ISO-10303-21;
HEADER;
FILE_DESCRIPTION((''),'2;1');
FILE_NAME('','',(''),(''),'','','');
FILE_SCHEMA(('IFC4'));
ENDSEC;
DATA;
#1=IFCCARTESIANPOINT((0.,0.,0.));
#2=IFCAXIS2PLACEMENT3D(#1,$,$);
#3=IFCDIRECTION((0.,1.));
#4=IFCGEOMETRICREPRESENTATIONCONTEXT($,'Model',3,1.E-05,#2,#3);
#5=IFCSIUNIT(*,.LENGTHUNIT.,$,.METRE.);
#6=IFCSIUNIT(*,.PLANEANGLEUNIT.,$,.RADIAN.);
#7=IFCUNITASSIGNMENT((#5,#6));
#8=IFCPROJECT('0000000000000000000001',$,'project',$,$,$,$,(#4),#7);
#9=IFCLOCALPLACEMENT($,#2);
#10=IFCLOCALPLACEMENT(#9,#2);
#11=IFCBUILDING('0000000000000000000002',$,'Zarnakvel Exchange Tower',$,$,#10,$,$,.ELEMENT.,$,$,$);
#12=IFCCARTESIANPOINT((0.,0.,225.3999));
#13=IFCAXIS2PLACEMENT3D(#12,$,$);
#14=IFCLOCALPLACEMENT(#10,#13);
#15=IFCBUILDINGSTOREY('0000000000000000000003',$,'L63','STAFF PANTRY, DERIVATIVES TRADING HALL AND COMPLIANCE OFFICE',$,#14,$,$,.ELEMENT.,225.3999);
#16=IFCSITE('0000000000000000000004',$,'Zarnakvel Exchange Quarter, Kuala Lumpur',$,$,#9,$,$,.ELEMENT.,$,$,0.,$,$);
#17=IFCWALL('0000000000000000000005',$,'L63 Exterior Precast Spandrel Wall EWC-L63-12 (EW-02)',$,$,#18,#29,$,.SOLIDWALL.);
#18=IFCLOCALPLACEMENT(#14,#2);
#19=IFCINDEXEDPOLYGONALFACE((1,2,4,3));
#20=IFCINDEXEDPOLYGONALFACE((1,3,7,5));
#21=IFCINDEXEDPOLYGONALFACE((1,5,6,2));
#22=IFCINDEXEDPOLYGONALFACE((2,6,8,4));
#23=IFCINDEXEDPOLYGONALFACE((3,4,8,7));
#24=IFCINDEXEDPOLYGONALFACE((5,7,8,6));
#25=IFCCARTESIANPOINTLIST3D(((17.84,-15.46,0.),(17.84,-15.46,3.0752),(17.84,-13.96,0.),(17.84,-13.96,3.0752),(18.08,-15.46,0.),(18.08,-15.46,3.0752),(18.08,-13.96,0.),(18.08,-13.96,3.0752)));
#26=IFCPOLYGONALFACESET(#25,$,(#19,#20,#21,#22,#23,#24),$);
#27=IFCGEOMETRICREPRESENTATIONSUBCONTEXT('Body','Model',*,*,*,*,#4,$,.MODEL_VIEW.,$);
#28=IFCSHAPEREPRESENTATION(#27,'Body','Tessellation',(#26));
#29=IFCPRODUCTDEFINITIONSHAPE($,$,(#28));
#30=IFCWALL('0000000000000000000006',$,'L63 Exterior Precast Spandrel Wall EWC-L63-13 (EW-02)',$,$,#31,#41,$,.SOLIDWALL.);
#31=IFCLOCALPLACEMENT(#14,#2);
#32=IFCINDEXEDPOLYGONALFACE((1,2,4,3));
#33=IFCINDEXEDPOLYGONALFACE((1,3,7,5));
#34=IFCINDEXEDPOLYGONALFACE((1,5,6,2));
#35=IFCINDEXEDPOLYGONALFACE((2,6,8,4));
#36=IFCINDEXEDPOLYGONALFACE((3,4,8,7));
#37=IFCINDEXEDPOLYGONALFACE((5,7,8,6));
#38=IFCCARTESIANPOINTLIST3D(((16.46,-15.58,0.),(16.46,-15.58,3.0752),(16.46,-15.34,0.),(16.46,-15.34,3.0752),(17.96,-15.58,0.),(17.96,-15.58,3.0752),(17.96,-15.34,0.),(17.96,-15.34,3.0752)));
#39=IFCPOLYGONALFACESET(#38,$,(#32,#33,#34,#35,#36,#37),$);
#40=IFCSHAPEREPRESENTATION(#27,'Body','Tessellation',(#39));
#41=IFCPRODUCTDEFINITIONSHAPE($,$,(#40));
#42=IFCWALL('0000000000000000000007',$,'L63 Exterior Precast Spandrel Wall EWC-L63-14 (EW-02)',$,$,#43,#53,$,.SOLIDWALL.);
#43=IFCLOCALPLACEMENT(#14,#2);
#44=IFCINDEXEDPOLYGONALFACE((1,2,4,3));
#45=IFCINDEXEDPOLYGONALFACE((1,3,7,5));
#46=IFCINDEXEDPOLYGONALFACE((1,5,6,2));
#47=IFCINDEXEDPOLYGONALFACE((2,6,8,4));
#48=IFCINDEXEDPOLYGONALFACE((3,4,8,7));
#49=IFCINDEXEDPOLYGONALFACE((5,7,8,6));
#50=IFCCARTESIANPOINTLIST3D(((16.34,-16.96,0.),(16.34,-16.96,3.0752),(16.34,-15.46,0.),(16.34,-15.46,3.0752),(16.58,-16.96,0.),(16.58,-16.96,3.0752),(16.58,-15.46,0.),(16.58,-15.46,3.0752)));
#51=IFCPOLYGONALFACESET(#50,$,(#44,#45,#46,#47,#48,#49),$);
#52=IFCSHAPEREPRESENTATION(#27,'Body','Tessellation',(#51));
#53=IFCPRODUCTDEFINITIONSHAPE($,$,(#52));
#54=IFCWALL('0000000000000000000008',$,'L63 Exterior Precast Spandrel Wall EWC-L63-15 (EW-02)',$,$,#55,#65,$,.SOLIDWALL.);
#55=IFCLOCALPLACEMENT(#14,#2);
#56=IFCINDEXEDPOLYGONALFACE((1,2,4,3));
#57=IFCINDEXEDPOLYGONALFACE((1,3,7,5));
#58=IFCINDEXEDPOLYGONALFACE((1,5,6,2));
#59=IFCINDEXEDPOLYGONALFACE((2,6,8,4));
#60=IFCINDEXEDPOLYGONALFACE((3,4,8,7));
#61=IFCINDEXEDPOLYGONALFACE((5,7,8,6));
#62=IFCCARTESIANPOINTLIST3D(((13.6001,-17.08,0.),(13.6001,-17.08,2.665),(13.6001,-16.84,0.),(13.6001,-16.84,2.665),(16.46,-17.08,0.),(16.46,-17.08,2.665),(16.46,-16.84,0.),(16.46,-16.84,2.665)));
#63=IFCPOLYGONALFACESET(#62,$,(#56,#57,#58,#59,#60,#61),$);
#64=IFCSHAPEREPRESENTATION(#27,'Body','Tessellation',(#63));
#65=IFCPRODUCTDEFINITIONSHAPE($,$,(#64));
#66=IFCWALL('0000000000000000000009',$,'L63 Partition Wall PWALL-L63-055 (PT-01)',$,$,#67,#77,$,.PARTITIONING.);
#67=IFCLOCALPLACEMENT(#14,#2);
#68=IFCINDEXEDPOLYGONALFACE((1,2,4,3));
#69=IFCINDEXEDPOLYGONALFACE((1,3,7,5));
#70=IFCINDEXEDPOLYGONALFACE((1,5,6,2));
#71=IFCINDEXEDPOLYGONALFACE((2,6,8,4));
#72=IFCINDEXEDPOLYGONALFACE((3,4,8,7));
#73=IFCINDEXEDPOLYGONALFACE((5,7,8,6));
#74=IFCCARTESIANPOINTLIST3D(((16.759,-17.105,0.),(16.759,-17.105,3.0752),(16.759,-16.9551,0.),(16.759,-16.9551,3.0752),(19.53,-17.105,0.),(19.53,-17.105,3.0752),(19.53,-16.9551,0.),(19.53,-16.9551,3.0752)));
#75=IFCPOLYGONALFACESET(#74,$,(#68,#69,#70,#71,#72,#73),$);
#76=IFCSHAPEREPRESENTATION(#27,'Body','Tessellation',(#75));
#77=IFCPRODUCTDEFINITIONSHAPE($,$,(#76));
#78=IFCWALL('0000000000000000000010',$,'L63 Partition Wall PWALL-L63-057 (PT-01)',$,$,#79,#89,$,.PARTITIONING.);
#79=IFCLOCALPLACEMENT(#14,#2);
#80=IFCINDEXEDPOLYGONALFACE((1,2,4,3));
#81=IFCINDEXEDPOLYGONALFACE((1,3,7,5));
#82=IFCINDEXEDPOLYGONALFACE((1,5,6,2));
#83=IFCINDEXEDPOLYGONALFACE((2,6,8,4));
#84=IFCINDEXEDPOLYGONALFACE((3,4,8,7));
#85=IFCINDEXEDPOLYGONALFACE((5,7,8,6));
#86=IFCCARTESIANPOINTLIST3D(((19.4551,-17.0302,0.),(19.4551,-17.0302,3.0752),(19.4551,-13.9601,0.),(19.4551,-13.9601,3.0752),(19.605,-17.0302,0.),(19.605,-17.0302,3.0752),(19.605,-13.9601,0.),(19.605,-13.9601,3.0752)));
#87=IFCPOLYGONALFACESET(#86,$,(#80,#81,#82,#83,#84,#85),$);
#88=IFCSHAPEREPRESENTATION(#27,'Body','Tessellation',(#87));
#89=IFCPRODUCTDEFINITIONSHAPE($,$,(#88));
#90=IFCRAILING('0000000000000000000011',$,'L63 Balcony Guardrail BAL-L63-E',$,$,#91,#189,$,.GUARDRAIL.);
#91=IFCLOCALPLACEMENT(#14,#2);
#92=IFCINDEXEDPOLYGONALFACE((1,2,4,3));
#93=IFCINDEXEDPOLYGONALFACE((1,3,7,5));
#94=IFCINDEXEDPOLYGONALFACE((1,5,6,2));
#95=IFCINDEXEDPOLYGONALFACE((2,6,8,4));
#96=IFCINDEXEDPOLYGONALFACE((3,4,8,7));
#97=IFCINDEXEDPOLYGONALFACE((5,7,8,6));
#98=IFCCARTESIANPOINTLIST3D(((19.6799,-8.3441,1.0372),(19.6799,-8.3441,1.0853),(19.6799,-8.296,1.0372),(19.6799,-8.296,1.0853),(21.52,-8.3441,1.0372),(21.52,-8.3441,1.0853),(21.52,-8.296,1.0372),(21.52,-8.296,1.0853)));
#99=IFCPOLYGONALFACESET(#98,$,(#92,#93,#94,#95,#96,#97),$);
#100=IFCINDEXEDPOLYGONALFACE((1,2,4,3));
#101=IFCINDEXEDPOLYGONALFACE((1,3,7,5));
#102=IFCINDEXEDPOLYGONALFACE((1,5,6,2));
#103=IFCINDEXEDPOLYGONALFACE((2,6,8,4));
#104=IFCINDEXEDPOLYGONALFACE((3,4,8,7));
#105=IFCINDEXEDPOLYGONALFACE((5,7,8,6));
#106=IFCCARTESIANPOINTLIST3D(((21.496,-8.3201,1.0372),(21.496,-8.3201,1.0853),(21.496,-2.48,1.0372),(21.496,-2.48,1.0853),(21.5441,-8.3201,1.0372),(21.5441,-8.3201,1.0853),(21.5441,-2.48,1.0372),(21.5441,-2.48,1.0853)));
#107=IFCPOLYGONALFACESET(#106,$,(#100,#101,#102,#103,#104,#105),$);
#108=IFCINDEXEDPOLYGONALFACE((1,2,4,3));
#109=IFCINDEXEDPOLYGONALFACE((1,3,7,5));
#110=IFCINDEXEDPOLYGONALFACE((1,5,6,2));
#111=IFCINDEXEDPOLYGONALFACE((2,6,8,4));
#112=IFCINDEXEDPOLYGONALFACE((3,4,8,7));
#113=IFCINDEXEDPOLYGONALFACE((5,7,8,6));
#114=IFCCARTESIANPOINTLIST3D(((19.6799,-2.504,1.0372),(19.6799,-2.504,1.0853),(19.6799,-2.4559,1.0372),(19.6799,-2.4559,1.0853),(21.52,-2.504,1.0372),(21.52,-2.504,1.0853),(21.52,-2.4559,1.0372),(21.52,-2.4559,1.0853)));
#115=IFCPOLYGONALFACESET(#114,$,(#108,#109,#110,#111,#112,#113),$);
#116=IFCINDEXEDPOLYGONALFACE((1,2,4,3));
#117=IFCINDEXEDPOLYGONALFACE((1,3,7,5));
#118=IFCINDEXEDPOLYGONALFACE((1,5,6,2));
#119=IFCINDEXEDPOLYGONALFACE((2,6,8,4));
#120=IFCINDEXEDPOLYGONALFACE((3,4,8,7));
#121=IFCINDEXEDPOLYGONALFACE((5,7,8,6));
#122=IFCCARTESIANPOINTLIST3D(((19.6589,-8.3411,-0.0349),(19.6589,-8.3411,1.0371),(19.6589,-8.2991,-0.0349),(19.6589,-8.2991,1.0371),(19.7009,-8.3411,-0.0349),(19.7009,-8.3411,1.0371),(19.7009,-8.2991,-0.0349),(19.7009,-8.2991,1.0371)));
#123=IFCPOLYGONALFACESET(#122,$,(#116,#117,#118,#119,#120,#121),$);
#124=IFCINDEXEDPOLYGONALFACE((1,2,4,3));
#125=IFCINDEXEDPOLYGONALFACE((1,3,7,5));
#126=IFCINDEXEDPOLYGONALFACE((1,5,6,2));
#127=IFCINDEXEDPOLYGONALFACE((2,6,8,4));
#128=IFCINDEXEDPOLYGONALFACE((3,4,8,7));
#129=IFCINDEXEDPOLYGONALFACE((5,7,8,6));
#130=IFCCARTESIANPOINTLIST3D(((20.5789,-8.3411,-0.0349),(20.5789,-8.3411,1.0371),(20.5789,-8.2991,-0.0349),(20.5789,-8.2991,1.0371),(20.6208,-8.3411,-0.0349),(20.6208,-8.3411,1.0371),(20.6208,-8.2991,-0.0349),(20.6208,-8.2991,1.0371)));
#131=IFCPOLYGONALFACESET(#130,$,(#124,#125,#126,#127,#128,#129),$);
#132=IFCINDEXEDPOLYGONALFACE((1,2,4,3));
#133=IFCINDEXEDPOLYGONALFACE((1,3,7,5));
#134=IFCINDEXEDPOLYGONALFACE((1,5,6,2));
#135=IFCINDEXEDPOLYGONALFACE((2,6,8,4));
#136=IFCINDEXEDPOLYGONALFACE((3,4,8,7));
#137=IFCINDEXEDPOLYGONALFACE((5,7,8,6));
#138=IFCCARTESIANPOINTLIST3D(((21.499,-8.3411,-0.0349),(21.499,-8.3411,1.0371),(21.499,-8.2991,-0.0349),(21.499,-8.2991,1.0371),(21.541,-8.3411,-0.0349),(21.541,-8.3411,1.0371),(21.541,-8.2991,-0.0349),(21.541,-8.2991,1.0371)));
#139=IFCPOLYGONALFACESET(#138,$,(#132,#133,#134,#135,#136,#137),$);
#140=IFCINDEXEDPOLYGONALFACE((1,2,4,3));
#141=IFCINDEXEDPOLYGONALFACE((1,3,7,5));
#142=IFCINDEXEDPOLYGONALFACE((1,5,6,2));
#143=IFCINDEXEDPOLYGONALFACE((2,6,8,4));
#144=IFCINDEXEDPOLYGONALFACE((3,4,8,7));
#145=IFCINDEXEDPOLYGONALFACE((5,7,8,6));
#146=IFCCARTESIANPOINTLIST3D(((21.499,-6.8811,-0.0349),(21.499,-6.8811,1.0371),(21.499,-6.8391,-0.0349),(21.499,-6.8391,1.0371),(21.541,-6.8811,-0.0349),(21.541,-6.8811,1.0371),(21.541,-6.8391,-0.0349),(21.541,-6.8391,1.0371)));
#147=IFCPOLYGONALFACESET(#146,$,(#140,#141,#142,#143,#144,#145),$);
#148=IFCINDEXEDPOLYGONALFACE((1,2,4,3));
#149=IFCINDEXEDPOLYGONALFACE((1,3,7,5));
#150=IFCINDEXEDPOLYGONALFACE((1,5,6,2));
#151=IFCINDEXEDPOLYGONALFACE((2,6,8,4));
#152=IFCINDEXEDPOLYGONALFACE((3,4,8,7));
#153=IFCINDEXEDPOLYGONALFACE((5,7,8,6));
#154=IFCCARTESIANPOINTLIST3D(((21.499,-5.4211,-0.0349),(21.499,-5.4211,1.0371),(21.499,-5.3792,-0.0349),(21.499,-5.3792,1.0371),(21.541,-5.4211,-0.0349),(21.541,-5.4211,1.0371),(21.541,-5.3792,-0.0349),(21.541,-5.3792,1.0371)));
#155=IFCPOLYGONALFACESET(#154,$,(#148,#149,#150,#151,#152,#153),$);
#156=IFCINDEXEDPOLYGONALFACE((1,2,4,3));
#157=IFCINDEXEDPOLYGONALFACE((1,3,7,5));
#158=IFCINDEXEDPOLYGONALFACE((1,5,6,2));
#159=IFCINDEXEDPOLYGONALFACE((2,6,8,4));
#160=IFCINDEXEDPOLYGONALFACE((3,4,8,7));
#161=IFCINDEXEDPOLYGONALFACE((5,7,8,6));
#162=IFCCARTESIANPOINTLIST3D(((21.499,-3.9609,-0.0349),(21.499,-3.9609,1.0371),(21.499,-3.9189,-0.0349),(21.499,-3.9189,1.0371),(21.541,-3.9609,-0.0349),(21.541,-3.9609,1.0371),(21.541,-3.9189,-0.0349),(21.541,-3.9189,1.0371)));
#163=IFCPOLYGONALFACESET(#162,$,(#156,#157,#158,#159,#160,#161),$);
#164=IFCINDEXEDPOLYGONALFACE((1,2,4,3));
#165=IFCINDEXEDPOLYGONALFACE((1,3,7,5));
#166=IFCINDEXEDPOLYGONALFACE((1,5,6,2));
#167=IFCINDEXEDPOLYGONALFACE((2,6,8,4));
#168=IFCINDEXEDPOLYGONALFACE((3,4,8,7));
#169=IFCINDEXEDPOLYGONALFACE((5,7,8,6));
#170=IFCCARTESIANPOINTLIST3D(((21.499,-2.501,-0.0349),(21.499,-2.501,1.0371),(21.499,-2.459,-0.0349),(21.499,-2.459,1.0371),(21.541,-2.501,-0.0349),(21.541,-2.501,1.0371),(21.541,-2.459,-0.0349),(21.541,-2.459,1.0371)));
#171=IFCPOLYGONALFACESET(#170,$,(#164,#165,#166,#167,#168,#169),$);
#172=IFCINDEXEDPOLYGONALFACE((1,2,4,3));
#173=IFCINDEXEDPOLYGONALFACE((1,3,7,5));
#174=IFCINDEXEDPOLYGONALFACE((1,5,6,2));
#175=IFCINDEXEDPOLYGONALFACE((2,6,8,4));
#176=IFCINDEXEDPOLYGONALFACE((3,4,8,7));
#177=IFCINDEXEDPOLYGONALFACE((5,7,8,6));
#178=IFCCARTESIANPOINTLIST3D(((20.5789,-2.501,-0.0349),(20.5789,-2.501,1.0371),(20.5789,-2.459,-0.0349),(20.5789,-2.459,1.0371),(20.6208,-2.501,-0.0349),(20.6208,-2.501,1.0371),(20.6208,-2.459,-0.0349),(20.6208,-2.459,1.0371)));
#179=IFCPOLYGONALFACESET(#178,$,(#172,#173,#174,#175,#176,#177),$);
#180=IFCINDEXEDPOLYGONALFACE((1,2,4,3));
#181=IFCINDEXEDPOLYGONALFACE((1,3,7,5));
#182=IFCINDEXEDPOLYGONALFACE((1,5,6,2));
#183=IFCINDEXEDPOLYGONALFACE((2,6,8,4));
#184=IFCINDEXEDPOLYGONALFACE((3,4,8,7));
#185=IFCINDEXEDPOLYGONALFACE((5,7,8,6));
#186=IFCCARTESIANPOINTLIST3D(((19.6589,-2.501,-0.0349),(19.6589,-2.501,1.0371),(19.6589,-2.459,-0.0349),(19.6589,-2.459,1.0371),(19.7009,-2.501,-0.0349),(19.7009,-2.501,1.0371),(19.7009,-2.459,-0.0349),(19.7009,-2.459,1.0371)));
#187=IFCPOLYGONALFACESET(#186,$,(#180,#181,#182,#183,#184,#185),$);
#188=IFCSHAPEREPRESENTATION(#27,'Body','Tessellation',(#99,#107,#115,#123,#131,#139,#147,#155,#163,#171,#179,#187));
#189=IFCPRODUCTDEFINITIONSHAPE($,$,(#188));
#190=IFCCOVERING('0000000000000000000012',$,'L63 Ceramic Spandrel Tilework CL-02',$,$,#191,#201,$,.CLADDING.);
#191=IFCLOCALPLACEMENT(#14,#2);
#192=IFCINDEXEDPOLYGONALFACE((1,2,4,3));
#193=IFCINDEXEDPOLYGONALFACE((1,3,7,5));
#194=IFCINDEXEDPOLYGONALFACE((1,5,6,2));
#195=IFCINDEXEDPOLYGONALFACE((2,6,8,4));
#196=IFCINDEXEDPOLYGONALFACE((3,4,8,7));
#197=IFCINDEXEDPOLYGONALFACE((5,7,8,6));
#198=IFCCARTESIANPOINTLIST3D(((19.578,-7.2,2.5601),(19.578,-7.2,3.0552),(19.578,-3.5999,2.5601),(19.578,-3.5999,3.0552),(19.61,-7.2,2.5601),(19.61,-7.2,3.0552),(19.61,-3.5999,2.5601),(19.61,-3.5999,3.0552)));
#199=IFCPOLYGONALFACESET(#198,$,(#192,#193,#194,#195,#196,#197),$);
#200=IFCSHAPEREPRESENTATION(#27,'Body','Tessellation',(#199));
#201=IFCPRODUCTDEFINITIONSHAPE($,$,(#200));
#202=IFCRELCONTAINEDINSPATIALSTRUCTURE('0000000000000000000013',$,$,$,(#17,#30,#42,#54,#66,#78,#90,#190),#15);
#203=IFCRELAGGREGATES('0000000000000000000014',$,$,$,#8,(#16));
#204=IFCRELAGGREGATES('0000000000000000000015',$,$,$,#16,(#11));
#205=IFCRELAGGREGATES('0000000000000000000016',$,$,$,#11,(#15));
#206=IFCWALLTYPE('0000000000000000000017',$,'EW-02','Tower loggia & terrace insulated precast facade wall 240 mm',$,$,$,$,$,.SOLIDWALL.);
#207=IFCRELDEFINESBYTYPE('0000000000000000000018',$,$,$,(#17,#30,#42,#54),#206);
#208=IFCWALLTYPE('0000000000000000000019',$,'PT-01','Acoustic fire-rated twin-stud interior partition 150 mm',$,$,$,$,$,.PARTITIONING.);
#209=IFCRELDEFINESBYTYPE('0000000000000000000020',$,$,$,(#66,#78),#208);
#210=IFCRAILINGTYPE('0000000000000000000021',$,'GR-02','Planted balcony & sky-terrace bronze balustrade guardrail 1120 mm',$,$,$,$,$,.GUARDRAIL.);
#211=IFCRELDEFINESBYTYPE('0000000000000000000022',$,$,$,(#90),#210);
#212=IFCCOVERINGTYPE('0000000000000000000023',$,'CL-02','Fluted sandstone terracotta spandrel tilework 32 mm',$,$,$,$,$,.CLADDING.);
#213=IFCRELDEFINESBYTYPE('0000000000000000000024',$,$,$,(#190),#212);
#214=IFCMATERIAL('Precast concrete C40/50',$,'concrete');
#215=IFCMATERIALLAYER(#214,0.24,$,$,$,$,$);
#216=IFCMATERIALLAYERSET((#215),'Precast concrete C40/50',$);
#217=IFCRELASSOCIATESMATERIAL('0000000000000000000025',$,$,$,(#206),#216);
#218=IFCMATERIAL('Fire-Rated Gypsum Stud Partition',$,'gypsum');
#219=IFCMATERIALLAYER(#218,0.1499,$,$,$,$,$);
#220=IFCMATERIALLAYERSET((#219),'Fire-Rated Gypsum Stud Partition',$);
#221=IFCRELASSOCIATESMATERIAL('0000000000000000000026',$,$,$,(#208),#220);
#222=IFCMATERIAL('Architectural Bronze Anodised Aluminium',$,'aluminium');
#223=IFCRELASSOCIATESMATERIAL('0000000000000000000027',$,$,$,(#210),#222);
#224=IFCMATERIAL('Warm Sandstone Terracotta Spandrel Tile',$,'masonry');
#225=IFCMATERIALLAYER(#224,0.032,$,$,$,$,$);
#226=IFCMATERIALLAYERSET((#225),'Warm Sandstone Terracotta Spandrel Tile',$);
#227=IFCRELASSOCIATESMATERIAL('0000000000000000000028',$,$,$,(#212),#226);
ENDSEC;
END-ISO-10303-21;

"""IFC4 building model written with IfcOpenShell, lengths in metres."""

from ifc_helpers import new_model, si_unit, direction, frame, frame_2d, origin, origin_2d, place, context, subcontext, project, spatial, rectangle, extrude, source, transform, mapped, material, layer, layer_set, type_object, element, save


model = new_model("IFC4")

# Units and contexts
model_context = context("Model", 3, precision=1e-05, world=origin(), true_north=direction((0.0, 1.0)))
body_context = subcontext(model_context, "Body", "Model", "MODEL_VIEW")
ifc_project = project(units=[si_unit("LENGTHUNIT", "METRE"), si_unit("PLANEANGLEUNIT", "RADIAN")], contexts=[model_context])

# Site, building, storey
site_placement = place(None, origin())
site = spatial("IfcSite", under=ifc_project, at=site_placement, Name="Zarnakvel Exchange Quarter, Kuala Lumpur", CompositionType="ELEMENT", RefElevation=0.0)
building_placement = place(site_placement, origin())
building = spatial("IfcBuilding", under=site, at=building_placement, Name="Zarnakvel Exchange Tower", CompositionType="ELEMENT")
storey_placement = place(building_placement, frame((0.0, 0.0, 225.3999)))
storey = spatial("IfcBuildingStorey", under=building, at=storey_placement, Name="L63", Description="STAFF PANTRY, DERIVATIVES TRADING HALL AND COMPLIANCE OFFICE", CompositionType="ELEMENT", Elevation=225.3999)

# Shared definitions
ifc_material_1 = material(Name="Precast concrete C40/50", Category="concrete")
ifc_layer_1 = layer(ifc_material_1, 0.24)
ifc_layer_set_1 = layer_set([ifc_layer_1], Name="Precast concrete C40/50")
wall_type_1 = type_object("IfcWallType", Name="EW-02", Description="Tower loggia & terrace insulated precast facade wall 240 mm", PredefinedType="SOLIDWALL", material=ifc_layer_set_1)
ifc_material_2 = material(Name="Architectural Bronze Anodised Aluminium", Category="aluminium")

# Walls
for number, where, z_axis, x_axis, name in (
    (1, (17.96, -15.46, 0.0), (0.0, 0.0, 1.0), (0.0, 1.0, 0.0), "L63 Exterior Precast Spandrel Wall EWC-L63-12 (EW-02)"),
    (2, (16.46, -15.46, 0.0), (0.0, 0.0, 1.0), (1.0, 0.0, 0.0), "L63 Exterior Precast Spandrel Wall EWC-L63-13 (EW-02)"),
    (3, (16.46, -16.96, 0.0), (0.0, 0.0, 1.0), (0.0, 1.0, 0.0), "L63 Exterior Precast Spandrel Wall EWC-L63-14 (EW-02)"),
):
    element("IfcWall", number, at=place(storey_placement, frame(where, z_axis=z_axis, x_axis=x_axis)), inside=storey, type_object=wall_type_1, Name=name, PredefinedType="SOLIDWALL", context=body_context, shape_type="SweptSolid", body=[
        extrude(rectangle(XDim=1.5, YDim=0.24, at=frame_2d((0.75, 0.0))), origin(), (0.0, 0.0, 1.0), 3.0752),
    ])
wall_1_placement = place(storey_placement, frame((13.6001, -16.96, 0.0), z_axis=(0.0, 0.0, 1.0), x_axis=(1.0, 0.0, 0.0)))
element("IfcWall", 4, at=wall_1_placement, inside=storey, type_object=wall_type_1, Name="L63 Exterior Precast Spandrel Wall EWC-L63-15 (EW-02)", PredefinedType="SOLIDWALL", context=body_context, shape_type="SweptSolid", body=[
    extrude(rectangle(XDim=2.8599, YDim=0.24, at=frame_2d((1.4299, 0.0))), origin(), (0.0, 0.0, 1.0), 2.665),
])
ifc_material_3 = material(Name="Fire-Rated Gypsum Stud Partition", Category="gypsum")
ifc_layer_2 = layer(ifc_material_3, 0.1499)
ifc_layer_set_2 = layer_set([ifc_layer_2], Name="Fire-Rated Gypsum Stud Partition")
wall_type_2 = type_object("IfcWallType", Name="PT-01", Description="Acoustic fire-rated twin-stud interior partition 150 mm", PredefinedType="PARTITIONING", material=ifc_layer_set_2)
wall_2_placement = place(storey_placement, frame((19.53, -17.03, 0.0), z_axis=(0.0, 0.0, 1.0), x_axis=(-1.0, 0.0, 0.0)))
element("IfcWall", 5, at=wall_2_placement, inside=storey, type_object=wall_type_2, Name="L63 Partition Wall PWALL-L63-055 (PT-01)", PredefinedType="PARTITIONING", context=body_context, shape_type="SweptSolid", body=[
    extrude(rectangle(XDim=2.771, YDim=0.1499, at=frame_2d((1.3855, 0.0))), origin(), (0.0, 0.0, 1.0), 3.0752),
])
wall_3_placement = place(storey_placement, frame((19.53, -13.96, 0.0), z_axis=(0.0, 0.0, 1.0), x_axis=(0.0, -1.0, 0.0)))
element("IfcWall", 6, at=wall_3_placement, inside=storey, type_object=wall_type_2, Name="L63 Partition Wall PWALL-L63-057 (PT-01)", PredefinedType="PARTITIONING", context=body_context, shape_type="SweptSolid", body=[
    extrude(rectangle(XDim=3.0701, YDim=0.1499, at=frame_2d((1.5352, 0.0))), origin(), (0.0, 0.0, 1.0), 3.0752),
])

# Railing
railing_type = type_object("IfcRailingType", Name="GR-02", Description="Planted balcony & sky-terrace bronze balustrade guardrail 1120 mm", PredefinedType="GUARDRAIL", material=ifc_material_2)
railing_placement = place(storey_placement, frame((19.6799, -8.3201, -0.0349)))
element("IfcRailing", 7, at=railing_placement, inside=storey, type_object=railing_type, Name="L63 Balcony Guardrail BAL-L63-E", PredefinedType="GUARDRAIL", context=body_context, shape_type="SweptSolid", body=[
    extrude(rectangle(XDim=0.0481, YDim=0.0481, at=origin_2d()), frame((0.0, 0.0, 1.0962), z_axis=(1.0, 0.0, 0.0), x_axis=(0.0, 1.0, 0.0)), (0.0, 0.0, 1.0), 1.8401),
    extrude(rectangle(XDim=0.0481, YDim=0.0481, at=origin_2d()), frame((1.8401, 0.0, 1.0962), z_axis=(0.0, 1.0, 0.0), x_axis=(-1.0, 0.0, 0.0)), (0.0, 0.0, 1.0), 5.8401),
    extrude(rectangle(XDim=0.0481, YDim=0.0481, at=origin_2d()), frame((1.8401, 5.8401, 1.0962), z_axis=(-1.0, 0.0, 0.0), x_axis=(0.0, -1.0, 0.0)), (0.0, 0.0, 1.0), 1.8401),
    extrude(rectangle(XDim=0.042, YDim=0.042, at=origin_2d()), origin(), (0.0, 0.0, 1.0), 1.072),
    extrude(rectangle(XDim=0.042, YDim=0.042, at=origin_2d()), frame((0.9199, 0.0, 0.0)), (0.0, 0.0, 1.0), 1.072),
    extrude(rectangle(XDim=0.042, YDim=0.042, at=origin_2d()), frame((1.8401, 0.0, 0.0)), (0.0, 0.0, 1.0), 1.072),
    extrude(rectangle(XDim=0.042, YDim=0.042, at=origin_2d()), frame((1.8401, 1.46, 0.0)), (0.0, 0.0, 1.0), 1.072),
    extrude(rectangle(XDim=0.042, YDim=0.042, at=origin_2d()), frame((1.8401, 2.9199, 0.0)), (0.0, 0.0, 1.0), 1.072),
    extrude(rectangle(XDim=0.042, YDim=0.042, at=origin_2d()), frame((1.8401, 4.3801, 0.0)), (0.0, 0.0, 1.0), 1.072),
    extrude(rectangle(XDim=0.042, YDim=0.042, at=origin_2d()), frame((1.8401, 5.8401, 0.0)), (0.0, 0.0, 1.0), 1.072),
    extrude(rectangle(XDim=0.042, YDim=0.042, at=origin_2d()), frame((0.9199, 5.8401, 0.0)), (0.0, 0.0, 1.0), 1.072),
    extrude(rectangle(XDim=0.042, YDim=0.042, at=origin_2d()), frame((0.0, 5.8401, 0.0)), (0.0, 0.0, 1.0), 1.072),
])

# Covering
ifc_material_4 = material(Name="Warm Sandstone Terracotta Spandrel Tile", Category="masonry")
ifc_layer_3 = layer(ifc_material_4, 0.032)
ifc_layer_set_3 = layer_set([ifc_layer_3], Name="Warm Sandstone Terracotta Spandrel Tile")
covering_type = type_object("IfcCoveringType", Name="CL-02", Description="Fluted sandstone terracotta spandrel tilework 32 mm", PredefinedType="CLADDING", material=ifc_layer_set_3)
shared_shape_1 = source(origin(), body_context, "Body", "SweptSolid", [
    extrude(rectangle(XDim=3.6001, YDim=0.032, at=origin_2d()), origin(), (0.0, 0.0, 1.0), 0.4951),
])
covering_placement = place(storey_placement, frame((19.594, -5.3999, 2.5601), z_axis=(0.0, 0.0, 1.0), x_axis=(0.0, -1.0, 0.0)))
element("IfcCovering", 8, at=covering_placement, inside=storey, type_object=covering_type, Name="L63 Ceramic Spandrel Tilework CL-02", PredefinedType="CLADDING", context=body_context, shape_type="MappedRepresentation", body=[
    mapped(shared_shape_1, transform((0.0, 0.0, 0.0), x_axis=(1.0, 0.0, 0.0), y_axis=(0.0, 1.0, 0.0), z_axis=(0.0, 0.0, 1.0), scale=1.0)),
])

save(model, "model.ifc")
